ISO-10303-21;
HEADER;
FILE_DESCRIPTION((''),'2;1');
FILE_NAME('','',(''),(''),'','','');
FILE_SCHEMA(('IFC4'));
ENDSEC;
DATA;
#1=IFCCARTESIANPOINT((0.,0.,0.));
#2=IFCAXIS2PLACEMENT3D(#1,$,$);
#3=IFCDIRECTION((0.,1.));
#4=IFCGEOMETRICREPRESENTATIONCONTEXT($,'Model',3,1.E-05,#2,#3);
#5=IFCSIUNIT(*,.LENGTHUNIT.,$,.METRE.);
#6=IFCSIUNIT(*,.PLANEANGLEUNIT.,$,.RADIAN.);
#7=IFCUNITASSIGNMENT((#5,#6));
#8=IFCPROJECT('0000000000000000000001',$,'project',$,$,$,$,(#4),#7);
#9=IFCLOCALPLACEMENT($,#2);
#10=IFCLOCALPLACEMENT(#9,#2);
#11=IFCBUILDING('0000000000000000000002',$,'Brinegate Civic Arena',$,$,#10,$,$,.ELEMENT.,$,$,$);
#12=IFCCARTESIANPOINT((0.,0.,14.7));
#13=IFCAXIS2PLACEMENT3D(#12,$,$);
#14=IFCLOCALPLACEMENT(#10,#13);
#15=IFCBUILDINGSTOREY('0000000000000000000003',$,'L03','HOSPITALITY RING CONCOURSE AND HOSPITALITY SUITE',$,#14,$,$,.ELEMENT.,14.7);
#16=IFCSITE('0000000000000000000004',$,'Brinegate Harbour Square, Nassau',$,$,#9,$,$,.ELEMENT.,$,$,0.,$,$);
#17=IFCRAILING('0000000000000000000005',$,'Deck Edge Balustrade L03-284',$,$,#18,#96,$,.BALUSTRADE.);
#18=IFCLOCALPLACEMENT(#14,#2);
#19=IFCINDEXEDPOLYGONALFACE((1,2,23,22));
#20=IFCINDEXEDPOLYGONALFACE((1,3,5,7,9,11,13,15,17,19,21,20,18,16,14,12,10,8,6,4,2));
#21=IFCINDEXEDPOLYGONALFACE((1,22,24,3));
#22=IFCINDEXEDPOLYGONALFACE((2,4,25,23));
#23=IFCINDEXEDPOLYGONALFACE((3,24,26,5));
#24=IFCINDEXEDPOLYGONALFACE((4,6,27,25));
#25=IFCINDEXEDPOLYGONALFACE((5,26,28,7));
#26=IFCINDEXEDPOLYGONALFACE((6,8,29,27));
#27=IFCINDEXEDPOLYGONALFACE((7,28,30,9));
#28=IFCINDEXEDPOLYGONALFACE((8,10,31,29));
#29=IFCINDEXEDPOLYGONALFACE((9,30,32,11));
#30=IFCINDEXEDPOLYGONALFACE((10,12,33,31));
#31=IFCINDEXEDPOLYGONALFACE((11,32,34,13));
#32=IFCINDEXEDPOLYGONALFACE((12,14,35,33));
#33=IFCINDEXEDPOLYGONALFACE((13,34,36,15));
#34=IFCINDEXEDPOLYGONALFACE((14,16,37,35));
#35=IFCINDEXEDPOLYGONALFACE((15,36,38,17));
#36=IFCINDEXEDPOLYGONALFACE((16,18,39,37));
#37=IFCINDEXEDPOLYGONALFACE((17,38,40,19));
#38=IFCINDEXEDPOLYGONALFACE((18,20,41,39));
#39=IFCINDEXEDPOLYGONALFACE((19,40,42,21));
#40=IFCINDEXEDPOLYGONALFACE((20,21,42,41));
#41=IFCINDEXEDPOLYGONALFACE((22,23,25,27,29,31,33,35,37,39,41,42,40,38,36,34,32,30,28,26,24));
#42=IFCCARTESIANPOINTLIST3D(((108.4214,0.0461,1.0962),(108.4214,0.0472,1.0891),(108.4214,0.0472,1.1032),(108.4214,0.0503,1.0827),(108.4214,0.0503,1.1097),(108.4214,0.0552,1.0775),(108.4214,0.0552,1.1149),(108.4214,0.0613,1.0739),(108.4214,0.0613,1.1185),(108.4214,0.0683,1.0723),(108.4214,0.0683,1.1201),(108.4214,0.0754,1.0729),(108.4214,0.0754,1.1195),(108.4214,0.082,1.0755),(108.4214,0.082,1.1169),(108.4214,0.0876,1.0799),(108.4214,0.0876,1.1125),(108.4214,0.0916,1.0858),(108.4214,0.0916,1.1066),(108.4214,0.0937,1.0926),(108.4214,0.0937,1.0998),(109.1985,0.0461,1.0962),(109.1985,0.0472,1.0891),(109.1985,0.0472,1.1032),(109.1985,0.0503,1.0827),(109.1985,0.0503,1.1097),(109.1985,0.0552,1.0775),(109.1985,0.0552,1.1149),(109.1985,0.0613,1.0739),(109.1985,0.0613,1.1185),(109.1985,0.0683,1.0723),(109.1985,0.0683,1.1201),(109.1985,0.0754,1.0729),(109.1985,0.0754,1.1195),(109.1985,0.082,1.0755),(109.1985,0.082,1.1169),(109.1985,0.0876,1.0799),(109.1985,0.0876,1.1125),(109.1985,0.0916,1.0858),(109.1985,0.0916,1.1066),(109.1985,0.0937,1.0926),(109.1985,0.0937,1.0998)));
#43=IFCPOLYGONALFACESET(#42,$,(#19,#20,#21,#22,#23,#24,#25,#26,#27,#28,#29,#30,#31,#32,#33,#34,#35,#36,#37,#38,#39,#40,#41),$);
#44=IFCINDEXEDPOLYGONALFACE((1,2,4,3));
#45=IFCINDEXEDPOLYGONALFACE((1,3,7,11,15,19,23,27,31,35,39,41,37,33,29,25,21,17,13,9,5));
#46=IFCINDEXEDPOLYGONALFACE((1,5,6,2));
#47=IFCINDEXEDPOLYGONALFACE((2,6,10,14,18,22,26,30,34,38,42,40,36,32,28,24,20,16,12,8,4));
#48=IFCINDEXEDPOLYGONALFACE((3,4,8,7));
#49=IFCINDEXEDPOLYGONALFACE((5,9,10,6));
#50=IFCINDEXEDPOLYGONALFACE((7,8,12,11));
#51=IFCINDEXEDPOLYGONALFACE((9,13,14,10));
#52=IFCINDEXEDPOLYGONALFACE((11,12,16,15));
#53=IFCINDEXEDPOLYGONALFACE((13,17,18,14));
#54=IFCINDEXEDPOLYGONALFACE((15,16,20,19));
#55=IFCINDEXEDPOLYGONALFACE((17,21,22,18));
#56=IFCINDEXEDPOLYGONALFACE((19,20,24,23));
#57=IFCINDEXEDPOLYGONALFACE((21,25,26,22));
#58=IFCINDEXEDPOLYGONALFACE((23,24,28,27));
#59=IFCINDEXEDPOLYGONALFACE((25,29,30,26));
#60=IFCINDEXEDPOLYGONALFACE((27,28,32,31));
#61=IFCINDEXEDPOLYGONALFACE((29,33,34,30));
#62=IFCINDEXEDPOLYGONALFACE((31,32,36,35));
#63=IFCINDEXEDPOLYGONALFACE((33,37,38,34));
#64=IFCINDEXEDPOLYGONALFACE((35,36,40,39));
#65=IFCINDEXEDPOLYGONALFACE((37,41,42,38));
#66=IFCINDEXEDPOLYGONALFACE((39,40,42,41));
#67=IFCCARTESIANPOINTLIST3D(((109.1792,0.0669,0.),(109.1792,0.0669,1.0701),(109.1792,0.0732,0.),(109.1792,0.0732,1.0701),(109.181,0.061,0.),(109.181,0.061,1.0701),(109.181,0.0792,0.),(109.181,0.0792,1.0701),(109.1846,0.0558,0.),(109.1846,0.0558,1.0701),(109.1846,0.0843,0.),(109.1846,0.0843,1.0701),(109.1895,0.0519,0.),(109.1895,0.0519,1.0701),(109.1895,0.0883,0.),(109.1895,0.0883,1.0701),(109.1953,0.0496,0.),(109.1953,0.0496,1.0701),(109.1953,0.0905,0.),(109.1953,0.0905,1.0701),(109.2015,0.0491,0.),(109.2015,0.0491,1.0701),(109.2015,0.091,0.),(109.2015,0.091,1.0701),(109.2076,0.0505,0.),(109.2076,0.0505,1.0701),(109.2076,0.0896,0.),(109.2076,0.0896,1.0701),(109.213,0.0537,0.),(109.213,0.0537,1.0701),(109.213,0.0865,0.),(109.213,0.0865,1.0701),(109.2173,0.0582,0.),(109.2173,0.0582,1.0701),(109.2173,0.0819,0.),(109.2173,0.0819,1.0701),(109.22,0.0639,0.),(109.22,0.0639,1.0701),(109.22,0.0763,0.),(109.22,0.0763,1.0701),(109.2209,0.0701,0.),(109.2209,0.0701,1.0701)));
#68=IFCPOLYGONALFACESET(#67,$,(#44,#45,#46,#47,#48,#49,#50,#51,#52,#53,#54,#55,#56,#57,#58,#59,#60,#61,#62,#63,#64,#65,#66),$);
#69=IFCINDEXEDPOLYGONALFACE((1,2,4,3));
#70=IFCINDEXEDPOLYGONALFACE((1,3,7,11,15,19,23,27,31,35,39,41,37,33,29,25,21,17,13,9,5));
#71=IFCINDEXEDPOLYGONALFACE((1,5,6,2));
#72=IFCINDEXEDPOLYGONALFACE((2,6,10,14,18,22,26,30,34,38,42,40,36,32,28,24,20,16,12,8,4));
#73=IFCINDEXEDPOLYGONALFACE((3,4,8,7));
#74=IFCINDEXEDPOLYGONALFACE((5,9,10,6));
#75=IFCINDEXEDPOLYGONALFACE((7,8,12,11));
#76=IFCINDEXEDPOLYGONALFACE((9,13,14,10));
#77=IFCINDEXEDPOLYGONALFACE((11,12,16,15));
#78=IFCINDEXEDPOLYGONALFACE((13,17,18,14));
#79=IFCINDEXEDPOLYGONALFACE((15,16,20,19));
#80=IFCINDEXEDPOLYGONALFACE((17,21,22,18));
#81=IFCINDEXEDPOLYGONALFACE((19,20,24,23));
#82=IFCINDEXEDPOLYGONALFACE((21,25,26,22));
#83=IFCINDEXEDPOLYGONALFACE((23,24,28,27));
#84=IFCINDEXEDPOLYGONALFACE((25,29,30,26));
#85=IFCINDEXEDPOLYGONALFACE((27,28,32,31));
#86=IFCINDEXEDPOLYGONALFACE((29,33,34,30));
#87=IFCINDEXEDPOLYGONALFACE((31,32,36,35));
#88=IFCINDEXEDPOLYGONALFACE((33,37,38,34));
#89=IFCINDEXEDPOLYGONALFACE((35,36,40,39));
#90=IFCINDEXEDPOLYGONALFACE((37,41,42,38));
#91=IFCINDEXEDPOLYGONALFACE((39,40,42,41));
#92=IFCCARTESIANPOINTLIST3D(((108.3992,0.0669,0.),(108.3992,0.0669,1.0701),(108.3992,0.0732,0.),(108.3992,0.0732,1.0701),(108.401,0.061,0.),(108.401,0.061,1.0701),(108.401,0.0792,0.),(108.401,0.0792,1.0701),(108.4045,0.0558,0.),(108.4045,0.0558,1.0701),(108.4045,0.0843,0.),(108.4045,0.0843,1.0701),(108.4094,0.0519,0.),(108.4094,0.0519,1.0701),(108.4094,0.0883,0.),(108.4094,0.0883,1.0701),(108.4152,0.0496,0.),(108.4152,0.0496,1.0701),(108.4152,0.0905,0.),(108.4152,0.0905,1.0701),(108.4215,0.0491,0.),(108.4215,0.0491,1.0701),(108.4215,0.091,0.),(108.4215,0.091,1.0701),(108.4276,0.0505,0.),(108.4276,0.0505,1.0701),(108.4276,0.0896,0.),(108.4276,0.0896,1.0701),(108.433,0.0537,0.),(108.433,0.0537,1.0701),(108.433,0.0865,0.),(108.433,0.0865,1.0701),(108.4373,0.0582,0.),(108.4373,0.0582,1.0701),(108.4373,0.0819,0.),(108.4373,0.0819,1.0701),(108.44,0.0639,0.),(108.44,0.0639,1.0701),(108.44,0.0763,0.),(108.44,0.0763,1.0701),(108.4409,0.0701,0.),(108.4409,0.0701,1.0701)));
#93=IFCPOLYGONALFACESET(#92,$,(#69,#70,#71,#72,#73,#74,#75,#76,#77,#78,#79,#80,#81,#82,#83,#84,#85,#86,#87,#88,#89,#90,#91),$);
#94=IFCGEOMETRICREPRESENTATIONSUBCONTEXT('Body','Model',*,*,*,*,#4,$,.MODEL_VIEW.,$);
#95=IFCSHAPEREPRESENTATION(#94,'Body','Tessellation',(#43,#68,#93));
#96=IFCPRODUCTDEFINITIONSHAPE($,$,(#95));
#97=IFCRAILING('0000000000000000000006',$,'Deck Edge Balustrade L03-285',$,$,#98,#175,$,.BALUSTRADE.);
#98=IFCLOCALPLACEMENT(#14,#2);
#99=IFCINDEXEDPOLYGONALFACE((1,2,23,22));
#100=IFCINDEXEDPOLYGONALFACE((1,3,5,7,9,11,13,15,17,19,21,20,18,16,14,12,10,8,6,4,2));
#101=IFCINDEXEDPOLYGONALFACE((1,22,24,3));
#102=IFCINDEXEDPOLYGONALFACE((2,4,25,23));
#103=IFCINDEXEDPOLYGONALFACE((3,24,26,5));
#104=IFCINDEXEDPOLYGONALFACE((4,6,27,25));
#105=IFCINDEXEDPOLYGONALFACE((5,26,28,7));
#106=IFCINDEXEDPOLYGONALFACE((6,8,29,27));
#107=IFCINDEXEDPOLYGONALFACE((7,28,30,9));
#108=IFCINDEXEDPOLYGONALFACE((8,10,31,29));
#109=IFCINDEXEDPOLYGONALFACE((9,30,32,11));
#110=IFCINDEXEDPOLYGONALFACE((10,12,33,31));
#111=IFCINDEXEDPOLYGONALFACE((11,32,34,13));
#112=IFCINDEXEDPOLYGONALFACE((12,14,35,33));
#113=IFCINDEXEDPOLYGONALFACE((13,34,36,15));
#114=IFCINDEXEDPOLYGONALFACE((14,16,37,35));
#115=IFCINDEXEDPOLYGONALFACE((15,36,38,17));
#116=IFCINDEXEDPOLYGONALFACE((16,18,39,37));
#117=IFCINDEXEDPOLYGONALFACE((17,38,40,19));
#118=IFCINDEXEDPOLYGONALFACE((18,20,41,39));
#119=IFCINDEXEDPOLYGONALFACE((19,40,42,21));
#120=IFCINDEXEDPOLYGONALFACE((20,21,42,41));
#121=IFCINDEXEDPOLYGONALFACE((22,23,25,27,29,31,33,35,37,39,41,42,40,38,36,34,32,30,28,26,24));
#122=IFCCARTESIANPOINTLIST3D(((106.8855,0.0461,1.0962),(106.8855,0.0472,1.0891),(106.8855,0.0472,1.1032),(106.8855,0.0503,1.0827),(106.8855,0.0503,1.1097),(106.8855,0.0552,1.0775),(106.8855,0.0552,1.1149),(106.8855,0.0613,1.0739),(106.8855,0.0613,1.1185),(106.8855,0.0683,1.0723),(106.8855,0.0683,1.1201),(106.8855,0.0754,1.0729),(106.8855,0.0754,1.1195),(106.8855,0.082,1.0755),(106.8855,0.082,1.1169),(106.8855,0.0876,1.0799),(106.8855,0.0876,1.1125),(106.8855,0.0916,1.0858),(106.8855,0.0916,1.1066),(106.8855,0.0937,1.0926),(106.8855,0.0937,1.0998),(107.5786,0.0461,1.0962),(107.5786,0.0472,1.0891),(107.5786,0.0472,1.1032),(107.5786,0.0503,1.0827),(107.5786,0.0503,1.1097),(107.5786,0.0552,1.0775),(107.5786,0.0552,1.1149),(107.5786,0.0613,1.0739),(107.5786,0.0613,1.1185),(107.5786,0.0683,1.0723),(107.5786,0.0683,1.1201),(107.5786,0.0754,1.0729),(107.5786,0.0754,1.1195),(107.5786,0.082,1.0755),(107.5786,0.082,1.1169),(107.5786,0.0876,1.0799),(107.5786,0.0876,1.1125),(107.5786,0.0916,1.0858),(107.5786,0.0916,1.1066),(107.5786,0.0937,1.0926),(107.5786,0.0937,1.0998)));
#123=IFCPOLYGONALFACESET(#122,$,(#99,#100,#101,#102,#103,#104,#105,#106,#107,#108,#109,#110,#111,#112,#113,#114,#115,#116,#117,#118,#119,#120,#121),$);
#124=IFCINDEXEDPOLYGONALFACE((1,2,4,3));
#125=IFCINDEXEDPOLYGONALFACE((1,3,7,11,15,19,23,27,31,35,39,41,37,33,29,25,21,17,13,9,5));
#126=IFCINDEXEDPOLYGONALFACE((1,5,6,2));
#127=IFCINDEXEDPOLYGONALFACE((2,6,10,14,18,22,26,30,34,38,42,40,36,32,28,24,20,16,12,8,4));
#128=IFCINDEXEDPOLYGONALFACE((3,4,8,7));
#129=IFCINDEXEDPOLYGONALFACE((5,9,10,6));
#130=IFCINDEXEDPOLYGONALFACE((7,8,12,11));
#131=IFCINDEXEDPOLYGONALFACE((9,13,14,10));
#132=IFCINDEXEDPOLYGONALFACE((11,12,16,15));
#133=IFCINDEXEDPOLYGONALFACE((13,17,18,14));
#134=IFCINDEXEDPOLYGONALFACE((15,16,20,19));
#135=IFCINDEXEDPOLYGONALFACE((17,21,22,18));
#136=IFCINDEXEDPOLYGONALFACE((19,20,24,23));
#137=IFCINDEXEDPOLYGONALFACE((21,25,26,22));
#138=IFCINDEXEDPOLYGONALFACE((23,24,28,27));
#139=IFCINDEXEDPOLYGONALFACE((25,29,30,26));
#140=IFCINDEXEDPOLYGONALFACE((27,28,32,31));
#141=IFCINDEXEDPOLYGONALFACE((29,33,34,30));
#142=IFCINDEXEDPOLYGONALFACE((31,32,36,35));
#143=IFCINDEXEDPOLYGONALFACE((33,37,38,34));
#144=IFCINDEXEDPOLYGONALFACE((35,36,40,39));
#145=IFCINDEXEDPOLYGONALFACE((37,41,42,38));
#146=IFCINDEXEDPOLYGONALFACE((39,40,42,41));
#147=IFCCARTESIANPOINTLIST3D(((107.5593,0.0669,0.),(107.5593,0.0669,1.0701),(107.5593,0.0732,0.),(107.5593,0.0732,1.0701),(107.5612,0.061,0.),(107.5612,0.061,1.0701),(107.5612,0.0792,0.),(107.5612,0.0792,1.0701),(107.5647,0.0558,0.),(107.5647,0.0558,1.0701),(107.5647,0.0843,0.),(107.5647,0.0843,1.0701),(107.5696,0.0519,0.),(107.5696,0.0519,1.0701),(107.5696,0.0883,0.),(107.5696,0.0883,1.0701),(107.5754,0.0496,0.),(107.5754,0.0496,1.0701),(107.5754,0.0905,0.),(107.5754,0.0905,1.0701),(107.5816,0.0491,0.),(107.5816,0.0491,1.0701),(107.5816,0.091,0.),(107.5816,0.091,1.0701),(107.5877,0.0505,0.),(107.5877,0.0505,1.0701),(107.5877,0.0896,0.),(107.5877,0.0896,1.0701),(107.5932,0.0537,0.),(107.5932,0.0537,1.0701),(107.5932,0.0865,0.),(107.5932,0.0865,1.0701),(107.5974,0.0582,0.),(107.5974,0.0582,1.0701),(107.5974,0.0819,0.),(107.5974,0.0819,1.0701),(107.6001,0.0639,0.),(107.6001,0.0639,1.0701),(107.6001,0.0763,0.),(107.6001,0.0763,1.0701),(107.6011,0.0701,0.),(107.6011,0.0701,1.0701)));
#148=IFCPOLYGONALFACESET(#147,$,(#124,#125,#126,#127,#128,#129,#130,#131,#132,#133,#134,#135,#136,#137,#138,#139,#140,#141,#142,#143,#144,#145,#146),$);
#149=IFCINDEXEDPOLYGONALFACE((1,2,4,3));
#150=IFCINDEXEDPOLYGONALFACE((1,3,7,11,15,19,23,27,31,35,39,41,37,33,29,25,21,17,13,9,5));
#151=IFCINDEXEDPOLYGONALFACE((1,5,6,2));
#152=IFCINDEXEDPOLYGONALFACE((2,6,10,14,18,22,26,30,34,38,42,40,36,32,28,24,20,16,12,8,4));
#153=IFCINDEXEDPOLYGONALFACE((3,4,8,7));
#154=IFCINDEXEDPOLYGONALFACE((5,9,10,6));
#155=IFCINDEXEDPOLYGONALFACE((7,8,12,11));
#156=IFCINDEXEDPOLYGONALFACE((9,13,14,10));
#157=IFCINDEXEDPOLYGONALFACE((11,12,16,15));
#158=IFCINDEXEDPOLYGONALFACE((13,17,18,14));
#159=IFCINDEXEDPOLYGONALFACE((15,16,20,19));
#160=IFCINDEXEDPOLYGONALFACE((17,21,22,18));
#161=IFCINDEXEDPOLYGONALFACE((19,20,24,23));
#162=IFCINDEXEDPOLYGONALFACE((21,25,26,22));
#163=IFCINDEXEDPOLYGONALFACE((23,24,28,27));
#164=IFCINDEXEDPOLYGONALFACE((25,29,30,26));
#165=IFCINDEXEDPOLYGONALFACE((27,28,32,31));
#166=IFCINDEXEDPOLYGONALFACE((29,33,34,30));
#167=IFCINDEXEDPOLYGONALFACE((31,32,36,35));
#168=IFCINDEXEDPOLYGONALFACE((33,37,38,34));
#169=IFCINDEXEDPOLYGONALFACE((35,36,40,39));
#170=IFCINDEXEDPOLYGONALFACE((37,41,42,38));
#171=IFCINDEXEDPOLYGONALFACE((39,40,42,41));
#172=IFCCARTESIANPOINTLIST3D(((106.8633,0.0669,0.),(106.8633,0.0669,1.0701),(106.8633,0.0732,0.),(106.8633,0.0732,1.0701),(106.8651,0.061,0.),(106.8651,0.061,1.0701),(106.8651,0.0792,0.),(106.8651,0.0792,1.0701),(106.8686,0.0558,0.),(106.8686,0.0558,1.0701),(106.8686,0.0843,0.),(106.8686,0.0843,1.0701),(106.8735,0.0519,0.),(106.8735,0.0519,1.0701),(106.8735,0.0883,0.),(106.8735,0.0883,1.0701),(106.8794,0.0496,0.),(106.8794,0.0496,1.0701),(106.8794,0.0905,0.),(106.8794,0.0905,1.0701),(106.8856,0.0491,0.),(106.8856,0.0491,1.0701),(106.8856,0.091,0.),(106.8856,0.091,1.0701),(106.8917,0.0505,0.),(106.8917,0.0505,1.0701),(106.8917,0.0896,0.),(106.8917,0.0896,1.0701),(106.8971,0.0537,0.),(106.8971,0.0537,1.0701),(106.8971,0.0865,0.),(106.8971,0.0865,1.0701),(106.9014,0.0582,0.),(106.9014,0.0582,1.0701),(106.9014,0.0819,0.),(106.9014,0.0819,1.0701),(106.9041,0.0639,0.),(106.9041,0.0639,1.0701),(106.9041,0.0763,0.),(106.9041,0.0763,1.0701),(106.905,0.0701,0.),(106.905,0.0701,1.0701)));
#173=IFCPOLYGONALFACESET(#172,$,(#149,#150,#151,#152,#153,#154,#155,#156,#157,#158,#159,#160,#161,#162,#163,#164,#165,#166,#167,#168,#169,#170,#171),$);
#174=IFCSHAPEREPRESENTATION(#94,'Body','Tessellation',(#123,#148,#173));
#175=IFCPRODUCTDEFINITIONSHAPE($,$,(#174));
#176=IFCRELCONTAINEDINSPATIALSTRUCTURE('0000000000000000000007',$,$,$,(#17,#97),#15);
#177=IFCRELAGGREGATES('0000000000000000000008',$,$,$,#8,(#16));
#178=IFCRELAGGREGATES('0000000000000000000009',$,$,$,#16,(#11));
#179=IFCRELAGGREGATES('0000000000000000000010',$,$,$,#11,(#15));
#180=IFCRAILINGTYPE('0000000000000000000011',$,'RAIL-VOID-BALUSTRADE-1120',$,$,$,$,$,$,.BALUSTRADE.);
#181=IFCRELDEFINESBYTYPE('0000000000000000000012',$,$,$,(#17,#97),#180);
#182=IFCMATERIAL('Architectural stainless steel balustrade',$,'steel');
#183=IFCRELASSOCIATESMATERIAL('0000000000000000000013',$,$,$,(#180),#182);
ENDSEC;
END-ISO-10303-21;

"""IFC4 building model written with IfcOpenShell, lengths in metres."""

from ifc_helpers import new_model, si_unit, direction, frame, origin, origin_2d, place, context, subcontext, project, spatial, circle, extrude, material, type_object, element, save


model = new_model("IFC4")

# Units and contexts
model_context = context("Model", 3, precision=1e-05, world=origin(), true_north=direction((0.0, 1.0)))
body_context = subcontext(model_context, "Body", "Model", "MODEL_VIEW")
ifc_project = project(units=[si_unit("LENGTHUNIT", "METRE"), si_unit("PLANEANGLEUNIT", "RADIAN")], contexts=[model_context])

# Site, building, storey
site_placement = place(None, origin())
site = spatial("IfcSite", under=ifc_project, at=site_placement, Name="Brinegate Harbour Square, Nassau", CompositionType="ELEMENT", RefElevation=0.0)
building_placement = place(site_placement, origin())
building = spatial("IfcBuilding", under=site, at=building_placement, Name="Brinegate Civic Arena", CompositionType="ELEMENT")
storey_placement = place(building_placement, frame((0.0, 0.0, 14.7)))
storey = spatial("IfcBuildingStorey", under=building, at=storey_placement, Name="L03", Description="HOSPITALITY RING CONCOURSE AND HOSPITALITY SUITE", CompositionType="ELEMENT", Elevation=14.7)

# Railings
ifc_material_1 = material(Name="Architectural stainless steel balustrade", Category="steel")
railing_type = type_object("IfcRailingType", Name="RAIL-VOID-BALUSTRADE-1120", PredefinedType="BALUSTRADE", material=ifc_material_1)
railing_1_placement = place(storey_placement, frame((109.2, 0.0701, 0.0)))
element("IfcRailing", 1, at=railing_1_placement, inside=storey, type_object=railing_type, Name="Deck Edge Balustrade L03-284", PredefinedType="BALUSTRADE", context=body_context, shape_type="SweptSolid", body=[
    extrude(circle(Radius=0.0239, at=origin_2d()), frame((-0.0015, 0.0, 1.0962), z_axis=(-1.0, 0.0, 0.0), x_axis=(0.0, -1.0, 0.0)), (0.0, 0.0, 1.0), 0.7771),
    extrude(circle(Radius=0.021, at=origin_2d()), origin(), (0.0, 0.0, 1.0), 1.0701),
    extrude(circle(Radius=0.021, at=origin_2d()), frame((-0.78, 0.0, 0.0)), (0.0, 0.0, 1.0), 1.0701),
])
railing_2_placement = place(storey_placement, frame((107.5801, 0.0701, 0.0)))
element("IfcRailing", 2, at=railing_2_placement, inside=storey, type_object=railing_type, Name="Deck Edge Balustrade L03-285", PredefinedType="BALUSTRADE", context=body_context, shape_type="SweptSolid", body=[
    extrude(circle(Radius=0.0239, at=origin_2d()), frame((-0.0015, 0.0, 1.0962), z_axis=(-1.0, 0.0, 0.0), x_axis=(0.0, -1.0, 0.0)), (0.0, 0.0, 1.0), 0.6931),
    extrude(circle(Radius=0.021, at=origin_2d()), origin(), (0.0, 0.0, 1.0), 1.0701),
    extrude(circle(Radius=0.021, at=origin_2d()), frame((-0.696, 0.0, 0.0)), (0.0, 0.0, 1.0), 1.0701),
])

save(model, "model.ifc")
